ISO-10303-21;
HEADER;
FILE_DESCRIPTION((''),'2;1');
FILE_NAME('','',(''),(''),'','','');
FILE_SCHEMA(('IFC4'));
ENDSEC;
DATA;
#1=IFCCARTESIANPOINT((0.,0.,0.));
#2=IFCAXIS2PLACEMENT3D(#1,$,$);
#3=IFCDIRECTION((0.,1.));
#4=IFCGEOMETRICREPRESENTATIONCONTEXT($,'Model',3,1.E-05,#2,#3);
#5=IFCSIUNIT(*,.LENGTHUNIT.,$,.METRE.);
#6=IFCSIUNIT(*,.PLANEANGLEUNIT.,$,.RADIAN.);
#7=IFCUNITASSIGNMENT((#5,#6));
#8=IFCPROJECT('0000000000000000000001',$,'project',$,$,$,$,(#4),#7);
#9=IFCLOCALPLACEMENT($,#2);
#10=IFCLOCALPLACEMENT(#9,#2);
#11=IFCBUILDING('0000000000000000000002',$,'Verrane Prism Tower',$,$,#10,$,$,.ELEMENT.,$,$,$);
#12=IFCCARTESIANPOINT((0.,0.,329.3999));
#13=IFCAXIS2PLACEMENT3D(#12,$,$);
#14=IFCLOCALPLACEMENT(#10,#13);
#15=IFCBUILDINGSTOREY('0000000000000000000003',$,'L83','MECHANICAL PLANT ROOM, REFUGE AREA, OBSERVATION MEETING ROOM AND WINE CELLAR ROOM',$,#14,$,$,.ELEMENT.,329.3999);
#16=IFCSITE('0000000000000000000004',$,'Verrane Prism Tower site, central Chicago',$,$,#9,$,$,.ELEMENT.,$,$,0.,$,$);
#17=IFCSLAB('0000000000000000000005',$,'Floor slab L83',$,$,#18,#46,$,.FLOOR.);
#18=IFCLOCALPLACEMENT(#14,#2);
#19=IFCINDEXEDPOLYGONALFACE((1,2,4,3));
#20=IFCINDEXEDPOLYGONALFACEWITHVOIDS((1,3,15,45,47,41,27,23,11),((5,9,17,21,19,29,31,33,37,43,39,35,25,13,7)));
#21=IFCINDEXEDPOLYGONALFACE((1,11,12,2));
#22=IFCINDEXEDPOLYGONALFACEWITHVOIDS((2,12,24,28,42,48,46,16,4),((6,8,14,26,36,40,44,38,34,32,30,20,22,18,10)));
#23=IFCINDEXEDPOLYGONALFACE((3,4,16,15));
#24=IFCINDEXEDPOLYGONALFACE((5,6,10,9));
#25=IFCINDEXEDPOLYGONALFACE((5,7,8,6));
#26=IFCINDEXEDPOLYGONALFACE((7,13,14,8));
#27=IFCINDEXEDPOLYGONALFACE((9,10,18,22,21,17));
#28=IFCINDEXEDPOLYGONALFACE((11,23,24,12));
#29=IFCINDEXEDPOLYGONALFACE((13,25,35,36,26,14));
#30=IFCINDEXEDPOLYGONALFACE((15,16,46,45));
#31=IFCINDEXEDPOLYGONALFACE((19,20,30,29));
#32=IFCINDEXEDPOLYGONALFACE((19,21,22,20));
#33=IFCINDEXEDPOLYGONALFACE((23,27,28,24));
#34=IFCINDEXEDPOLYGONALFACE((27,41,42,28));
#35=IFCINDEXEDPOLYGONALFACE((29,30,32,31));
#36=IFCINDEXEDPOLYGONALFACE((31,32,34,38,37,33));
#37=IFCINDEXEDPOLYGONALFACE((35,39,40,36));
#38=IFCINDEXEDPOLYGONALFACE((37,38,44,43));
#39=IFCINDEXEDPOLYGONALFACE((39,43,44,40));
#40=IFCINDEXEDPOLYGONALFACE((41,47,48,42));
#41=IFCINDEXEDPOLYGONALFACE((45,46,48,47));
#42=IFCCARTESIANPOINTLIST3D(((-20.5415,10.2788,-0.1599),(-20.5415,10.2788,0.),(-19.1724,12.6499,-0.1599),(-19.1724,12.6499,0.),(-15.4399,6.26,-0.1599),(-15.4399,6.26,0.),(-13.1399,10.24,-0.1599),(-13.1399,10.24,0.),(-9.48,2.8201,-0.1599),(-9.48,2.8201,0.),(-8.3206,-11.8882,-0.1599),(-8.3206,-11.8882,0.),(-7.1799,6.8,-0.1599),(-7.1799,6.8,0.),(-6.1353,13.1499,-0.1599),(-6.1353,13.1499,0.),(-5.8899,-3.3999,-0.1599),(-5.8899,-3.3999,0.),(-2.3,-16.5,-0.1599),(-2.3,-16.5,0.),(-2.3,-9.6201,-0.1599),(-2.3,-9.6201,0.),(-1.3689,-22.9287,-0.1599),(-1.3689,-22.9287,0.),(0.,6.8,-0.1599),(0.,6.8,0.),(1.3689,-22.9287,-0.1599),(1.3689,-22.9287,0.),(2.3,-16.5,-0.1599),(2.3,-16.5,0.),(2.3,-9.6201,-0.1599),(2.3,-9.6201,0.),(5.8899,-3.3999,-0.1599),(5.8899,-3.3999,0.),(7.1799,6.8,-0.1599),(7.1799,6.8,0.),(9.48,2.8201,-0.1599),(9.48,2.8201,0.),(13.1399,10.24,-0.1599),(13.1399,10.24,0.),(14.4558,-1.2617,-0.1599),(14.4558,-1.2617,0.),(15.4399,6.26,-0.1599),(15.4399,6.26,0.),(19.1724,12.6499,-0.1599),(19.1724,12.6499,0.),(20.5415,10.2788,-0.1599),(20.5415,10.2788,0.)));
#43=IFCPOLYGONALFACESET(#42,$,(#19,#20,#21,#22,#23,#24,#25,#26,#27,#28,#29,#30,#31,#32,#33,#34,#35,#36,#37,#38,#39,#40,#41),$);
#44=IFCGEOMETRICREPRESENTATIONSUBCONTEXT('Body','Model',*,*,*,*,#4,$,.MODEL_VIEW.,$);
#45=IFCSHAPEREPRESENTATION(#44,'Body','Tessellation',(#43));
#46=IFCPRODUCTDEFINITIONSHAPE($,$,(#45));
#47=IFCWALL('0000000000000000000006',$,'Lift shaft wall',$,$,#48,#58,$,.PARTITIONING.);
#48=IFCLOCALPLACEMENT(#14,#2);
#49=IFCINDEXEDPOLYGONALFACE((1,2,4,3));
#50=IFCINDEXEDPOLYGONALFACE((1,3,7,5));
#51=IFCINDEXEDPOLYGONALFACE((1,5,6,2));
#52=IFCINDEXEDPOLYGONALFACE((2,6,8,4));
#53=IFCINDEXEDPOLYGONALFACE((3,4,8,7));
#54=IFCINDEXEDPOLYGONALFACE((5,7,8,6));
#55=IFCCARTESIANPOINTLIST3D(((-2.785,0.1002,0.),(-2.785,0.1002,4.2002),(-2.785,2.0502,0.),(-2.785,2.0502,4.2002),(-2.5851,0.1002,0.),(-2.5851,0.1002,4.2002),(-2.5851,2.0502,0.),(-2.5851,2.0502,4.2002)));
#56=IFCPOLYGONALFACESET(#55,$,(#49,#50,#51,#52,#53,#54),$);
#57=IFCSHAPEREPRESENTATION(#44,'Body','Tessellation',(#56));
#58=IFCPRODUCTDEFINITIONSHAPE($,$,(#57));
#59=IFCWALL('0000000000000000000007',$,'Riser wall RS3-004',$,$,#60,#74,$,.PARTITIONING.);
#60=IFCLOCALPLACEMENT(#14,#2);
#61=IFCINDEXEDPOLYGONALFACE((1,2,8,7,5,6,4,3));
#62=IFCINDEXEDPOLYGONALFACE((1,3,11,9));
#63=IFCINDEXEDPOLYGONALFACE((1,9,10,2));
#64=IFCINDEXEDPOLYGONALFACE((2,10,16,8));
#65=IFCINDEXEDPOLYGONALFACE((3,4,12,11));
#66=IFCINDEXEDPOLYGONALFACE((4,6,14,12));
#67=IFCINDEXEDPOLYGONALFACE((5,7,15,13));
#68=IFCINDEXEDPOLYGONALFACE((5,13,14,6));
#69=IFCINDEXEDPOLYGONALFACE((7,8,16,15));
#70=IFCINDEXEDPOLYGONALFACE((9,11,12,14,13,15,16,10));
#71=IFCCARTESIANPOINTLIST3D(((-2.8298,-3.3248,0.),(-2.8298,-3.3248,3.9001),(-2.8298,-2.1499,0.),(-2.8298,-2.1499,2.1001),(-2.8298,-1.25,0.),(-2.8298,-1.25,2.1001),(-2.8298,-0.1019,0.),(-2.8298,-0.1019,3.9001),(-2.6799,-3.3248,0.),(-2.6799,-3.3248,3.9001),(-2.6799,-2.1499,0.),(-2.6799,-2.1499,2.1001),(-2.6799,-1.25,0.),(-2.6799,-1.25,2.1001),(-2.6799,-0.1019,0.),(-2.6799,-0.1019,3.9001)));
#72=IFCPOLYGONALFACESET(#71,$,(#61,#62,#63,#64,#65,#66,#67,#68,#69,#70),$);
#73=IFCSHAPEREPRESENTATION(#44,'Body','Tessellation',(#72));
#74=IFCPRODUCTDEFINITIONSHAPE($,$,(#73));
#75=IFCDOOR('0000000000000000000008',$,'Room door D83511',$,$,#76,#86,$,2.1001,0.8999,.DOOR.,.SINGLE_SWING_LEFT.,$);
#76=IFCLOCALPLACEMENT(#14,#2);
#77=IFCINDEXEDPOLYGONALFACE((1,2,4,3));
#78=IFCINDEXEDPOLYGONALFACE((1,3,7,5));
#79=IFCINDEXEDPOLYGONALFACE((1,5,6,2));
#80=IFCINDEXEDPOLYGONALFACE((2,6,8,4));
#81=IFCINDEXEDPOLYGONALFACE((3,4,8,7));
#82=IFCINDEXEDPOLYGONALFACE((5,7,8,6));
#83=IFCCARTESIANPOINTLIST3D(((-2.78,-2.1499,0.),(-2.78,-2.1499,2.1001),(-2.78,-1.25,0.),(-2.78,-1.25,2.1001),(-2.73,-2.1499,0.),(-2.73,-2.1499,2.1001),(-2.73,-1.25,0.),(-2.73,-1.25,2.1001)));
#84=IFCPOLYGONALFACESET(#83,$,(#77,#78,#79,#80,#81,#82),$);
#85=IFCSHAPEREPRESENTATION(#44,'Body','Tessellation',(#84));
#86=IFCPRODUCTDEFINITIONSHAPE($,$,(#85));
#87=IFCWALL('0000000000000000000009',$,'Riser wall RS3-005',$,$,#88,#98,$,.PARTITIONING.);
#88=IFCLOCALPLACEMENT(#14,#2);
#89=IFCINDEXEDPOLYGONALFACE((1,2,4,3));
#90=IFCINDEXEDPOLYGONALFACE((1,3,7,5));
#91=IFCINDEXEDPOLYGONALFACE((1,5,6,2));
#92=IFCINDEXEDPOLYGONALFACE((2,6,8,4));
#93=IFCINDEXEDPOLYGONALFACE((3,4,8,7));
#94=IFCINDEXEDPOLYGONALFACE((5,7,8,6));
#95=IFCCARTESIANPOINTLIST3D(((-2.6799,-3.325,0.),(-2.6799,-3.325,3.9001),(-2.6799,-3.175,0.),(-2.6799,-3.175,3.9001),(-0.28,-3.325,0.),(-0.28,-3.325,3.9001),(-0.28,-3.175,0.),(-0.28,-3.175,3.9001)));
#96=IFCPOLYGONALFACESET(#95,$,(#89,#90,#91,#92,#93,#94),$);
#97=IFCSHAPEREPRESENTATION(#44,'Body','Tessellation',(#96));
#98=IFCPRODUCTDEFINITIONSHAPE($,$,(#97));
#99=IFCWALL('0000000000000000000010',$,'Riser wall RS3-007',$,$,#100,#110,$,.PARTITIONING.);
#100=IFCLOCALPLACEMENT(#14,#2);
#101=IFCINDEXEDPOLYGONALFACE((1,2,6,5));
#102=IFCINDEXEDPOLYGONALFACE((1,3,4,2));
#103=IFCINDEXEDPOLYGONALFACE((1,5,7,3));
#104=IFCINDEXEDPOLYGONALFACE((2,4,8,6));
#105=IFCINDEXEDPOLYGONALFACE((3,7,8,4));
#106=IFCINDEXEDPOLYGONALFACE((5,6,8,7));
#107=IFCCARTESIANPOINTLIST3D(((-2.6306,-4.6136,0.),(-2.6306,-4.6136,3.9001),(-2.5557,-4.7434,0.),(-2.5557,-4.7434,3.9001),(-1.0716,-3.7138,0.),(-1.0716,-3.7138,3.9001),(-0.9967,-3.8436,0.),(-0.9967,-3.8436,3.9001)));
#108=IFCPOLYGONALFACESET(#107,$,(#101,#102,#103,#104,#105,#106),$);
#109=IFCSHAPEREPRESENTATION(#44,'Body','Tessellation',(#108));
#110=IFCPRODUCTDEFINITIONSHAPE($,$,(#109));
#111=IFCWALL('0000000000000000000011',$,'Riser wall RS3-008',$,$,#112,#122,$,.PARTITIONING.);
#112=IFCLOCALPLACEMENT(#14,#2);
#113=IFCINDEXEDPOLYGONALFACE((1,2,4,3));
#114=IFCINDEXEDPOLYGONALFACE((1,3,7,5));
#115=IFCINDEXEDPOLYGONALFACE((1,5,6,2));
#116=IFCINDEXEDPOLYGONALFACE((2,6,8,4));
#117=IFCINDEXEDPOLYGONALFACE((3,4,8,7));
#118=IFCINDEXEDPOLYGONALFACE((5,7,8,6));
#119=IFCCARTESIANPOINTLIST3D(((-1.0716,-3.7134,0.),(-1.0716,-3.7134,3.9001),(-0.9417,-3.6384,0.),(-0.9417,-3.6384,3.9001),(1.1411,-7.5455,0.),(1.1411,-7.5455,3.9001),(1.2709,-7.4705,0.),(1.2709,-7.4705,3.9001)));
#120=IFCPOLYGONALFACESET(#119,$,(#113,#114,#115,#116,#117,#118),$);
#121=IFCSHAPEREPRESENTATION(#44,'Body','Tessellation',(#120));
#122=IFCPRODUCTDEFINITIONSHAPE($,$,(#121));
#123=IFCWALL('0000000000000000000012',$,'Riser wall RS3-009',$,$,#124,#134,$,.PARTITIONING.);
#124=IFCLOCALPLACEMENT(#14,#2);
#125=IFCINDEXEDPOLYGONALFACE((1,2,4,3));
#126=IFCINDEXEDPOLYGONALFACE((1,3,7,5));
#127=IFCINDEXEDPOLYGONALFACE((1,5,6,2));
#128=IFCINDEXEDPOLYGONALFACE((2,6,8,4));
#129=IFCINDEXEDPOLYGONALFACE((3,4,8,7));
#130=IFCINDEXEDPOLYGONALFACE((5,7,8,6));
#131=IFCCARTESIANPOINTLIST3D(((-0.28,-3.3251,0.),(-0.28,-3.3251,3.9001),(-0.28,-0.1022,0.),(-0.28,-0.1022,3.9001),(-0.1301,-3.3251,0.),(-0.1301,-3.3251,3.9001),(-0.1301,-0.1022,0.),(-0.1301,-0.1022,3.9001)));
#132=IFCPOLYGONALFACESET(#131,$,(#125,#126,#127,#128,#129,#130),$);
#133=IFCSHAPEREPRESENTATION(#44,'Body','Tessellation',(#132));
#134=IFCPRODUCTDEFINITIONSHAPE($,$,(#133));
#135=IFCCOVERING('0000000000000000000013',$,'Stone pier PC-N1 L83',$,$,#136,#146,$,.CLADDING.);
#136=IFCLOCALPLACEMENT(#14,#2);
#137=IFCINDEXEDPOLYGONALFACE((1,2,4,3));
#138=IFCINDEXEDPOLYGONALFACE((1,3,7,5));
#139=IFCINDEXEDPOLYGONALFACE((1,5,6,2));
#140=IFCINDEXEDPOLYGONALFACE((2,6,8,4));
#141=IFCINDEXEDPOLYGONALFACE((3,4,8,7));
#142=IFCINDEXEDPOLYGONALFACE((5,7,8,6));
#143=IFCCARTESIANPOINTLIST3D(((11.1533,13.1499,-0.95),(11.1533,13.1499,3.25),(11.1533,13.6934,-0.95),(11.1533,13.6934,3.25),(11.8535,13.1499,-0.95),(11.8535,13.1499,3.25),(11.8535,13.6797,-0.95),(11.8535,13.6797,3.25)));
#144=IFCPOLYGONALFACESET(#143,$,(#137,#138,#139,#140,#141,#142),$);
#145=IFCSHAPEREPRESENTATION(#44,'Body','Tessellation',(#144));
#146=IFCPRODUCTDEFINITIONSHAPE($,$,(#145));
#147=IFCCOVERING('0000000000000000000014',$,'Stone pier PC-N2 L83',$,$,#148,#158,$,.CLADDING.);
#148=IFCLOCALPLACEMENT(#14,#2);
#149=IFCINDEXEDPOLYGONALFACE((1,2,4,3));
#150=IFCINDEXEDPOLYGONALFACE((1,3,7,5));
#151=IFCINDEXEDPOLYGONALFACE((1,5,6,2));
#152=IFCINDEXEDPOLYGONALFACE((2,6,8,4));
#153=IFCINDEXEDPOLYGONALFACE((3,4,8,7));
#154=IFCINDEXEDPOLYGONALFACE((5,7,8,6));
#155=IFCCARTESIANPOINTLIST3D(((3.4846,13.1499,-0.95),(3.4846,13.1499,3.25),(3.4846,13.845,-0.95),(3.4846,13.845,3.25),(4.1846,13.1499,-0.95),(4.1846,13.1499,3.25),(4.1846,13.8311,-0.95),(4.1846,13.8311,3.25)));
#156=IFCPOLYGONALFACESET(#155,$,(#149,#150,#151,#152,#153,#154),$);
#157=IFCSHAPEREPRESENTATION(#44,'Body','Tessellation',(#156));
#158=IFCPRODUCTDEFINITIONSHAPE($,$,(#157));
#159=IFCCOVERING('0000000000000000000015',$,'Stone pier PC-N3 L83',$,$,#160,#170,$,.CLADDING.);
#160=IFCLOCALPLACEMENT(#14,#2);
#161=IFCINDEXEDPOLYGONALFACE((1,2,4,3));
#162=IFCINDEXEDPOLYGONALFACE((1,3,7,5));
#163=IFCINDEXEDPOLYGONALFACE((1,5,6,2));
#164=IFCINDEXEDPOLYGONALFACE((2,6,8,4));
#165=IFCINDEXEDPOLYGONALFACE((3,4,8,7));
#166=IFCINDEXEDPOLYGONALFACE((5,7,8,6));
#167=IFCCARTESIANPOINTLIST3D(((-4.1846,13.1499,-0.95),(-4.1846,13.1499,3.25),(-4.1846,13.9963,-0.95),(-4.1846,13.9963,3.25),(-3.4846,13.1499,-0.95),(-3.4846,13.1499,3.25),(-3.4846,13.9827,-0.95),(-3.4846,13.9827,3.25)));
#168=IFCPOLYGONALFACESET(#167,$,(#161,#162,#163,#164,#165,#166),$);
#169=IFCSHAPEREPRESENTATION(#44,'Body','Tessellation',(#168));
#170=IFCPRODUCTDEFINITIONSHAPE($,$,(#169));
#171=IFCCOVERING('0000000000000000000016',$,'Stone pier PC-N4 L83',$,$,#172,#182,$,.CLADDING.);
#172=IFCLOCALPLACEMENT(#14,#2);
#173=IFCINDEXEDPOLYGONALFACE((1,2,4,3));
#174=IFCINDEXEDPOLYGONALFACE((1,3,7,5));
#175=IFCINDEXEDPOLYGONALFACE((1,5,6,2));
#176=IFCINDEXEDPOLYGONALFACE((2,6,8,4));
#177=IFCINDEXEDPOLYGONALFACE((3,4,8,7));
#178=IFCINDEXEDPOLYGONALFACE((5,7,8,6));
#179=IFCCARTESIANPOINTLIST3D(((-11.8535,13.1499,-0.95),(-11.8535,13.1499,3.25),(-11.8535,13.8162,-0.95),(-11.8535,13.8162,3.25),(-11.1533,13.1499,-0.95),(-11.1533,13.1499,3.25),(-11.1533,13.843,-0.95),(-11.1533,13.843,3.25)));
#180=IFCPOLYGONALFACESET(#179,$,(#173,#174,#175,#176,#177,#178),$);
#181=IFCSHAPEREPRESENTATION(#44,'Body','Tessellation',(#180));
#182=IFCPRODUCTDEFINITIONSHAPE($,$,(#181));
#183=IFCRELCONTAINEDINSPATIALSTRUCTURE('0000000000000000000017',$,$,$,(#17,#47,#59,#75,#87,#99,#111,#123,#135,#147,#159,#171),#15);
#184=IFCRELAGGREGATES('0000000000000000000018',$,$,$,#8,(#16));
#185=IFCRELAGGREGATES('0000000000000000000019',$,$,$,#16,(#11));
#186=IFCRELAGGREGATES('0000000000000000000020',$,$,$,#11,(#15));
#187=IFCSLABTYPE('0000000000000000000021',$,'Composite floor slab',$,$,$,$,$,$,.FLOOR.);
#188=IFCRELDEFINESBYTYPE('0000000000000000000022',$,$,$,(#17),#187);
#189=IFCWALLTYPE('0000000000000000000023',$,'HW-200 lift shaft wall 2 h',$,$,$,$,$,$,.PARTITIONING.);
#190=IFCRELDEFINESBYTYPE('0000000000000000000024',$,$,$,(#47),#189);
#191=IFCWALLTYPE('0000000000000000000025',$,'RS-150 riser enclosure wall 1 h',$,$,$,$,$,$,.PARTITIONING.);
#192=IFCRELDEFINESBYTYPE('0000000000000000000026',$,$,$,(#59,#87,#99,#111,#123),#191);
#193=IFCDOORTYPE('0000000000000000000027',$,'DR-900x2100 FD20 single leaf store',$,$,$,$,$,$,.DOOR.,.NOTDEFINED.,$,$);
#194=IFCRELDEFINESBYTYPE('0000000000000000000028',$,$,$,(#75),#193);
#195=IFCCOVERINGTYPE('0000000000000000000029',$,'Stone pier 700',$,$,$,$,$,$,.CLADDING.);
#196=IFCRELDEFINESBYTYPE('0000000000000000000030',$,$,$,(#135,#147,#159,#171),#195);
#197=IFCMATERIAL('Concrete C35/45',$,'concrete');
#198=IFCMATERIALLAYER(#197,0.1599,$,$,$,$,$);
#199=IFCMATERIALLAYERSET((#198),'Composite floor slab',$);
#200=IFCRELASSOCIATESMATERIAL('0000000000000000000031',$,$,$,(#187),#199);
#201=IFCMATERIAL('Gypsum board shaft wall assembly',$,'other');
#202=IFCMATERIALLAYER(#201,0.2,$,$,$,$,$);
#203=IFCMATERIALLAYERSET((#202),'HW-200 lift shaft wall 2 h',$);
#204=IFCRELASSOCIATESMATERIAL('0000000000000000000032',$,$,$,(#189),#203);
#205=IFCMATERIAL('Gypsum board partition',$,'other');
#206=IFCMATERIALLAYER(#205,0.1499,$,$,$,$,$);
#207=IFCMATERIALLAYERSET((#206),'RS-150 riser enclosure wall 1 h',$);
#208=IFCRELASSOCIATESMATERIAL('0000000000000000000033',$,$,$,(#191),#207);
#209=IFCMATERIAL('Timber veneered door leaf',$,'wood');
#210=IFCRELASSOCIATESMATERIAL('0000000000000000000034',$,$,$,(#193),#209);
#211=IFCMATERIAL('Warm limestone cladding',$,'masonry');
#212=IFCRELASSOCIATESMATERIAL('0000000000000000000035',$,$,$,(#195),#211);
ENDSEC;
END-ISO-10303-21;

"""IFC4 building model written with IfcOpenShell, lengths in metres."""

from ifc_helpers import new_model, si_unit, direction, frame, frame_2d, origin, place, context, subcontext, project, spatial, polyline, rectangle, outline, extrude, material, layer, layer_set, type_object, element, fill, save


model = new_model("IFC4")

# Units and contexts
model_context = context("Model", 3, precision=1e-05, world=origin(), true_north=direction((0.0, 1.0)))
body_context = subcontext(model_context, "Body", "Model", "MODEL_VIEW")
ifc_project = project(units=[si_unit("LENGTHUNIT", "METRE"), si_unit("PLANEANGLEUNIT", "RADIAN")], contexts=[model_context])

# Site, building, storey
site_placement = place(None, origin())
site = spatial("IfcSite", under=ifc_project, at=site_placement, Name="Verrane Prism Tower site, central Chicago", CompositionType="ELEMENT", RefElevation=0.0)
building_placement = place(site_placement, origin())
building = spatial("IfcBuilding", under=site, at=building_placement, Name="Verrane Prism Tower", CompositionType="ELEMENT")
storey_placement = place(building_placement, frame((0.0, 0.0, 329.3999)))
storey = spatial("IfcBuildingStorey", under=building, at=storey_placement, Name="L83", Description="MECHANICAL PLANT ROOM, REFUGE AREA, OBSERVATION MEETING ROOM AND WINE CELLAR ROOM", CompositionType="ELEMENT", Elevation=329.3999)

# Slab
ifc_material_1 = material(Name="Concrete C35/45", Category="concrete")
ifc_layer_1 = layer(ifc_material_1, 0.1599)
ifc_layer_set_1 = layer_set([ifc_layer_1], Name="Composite floor slab")
slab_type = type_object("IfcSlabType", Name="Composite floor slab", PredefinedType="FLOOR", material=ifc_layer_set_1)
slab_placement = place(storey_placement, frame((0.0, 0.0, -0.1599)))
element("IfcSlab", 1, at=slab_placement, inside=storey, type_object=slab_type, Name="Floor slab L83", PredefinedType="FLOOR", context=body_context, shape_type="SweptSolid", body=[
    extrude(outline(polyline([(14.4558, -1.2617), (1.3689, -22.9287), (-1.3689, -22.9287), (-8.3206, -11.8882), (-20.5415, 10.2788), (-19.1724, 12.6499), (-6.1353, 13.1499), (19.1724, 12.6499), (20.5415, 10.2788), (14.4558, -1.2617)]), holes=[polyline([(15.4399, 6.26), (13.1399, 10.24), (7.1799, 6.8), (0.0, 6.8), (-7.1799, 6.8), (-13.1399, 10.24), (-15.4399, 6.26), (-9.48, 2.8201), (-5.8899, -3.3999), (-2.3, -9.6201), (-2.3, -16.5), (2.3, -16.5), (2.3, -9.6201), (5.8899, -3.3999), (9.48, 2.8201), (15.4399, 6.26)])]), origin(), (0.0, 0.0, 1.0), 0.1599),
])

# Wall
ifc_material_2 = material(Name="Gypsum board shaft wall assembly", Category="other")
ifc_layer_2 = layer(ifc_material_2, 0.2)
ifc_layer_set_2 = layer_set([ifc_layer_2], Name="HW-200 lift shaft wall 2 h")
wall_type_1 = type_object("IfcWallType", Name="HW-200 lift shaft wall 2 h", PredefinedType="PARTITIONING", material=ifc_layer_set_2)
wall_1_placement = place(storey_placement, frame((-2.6851, 0.1001, 0.0), z_axis=(0.0, 0.0, 1.0), x_axis=(0.0, 1.0, 0.0)))
element("IfcWall", 2, at=wall_1_placement, inside=storey, type_object=wall_type_1, Name="Lift shaft wall", PredefinedType="PARTITIONING", context=body_context, shape_type="SweptSolid", body=[
    extrude(rectangle(XDim=1.95, YDim=0.2, at=frame_2d((0.9751, 0.0))), origin(), (0.0, 0.0, 1.0), 4.2002),
])

# Wall, opening, door
ifc_material_3 = material(Name="Gypsum board partition", Category="other")
ifc_layer_3 = layer(ifc_material_3, 0.1499)
ifc_layer_set_3 = layer_set([ifc_layer_3], Name="RS-150 riser enclosure wall 1 h")
wall_type_2 = type_object("IfcWallType", Name="RS-150 riser enclosure wall 1 h", PredefinedType="PARTITIONING", material=ifc_layer_set_3)
wall_2_placement = place(storey_placement, frame((-2.7549, -0.1021, 0.0), z_axis=(0.0, 0.0, 1.0), x_axis=(0.0, -1.0, 0.0)))
wall_2 = element("IfcWall", 3, at=wall_2_placement, inside=storey, type_object=wall_type_2, Name="Riser wall RS3-004", PredefinedType="PARTITIONING", context=body_context, shape_type="SweptSolid", body=[
    extrude(rectangle(XDim=3.2229, YDim=0.1499, at=frame_2d((1.6113, 0.0))), origin(), (0.0, 0.0, 1.0), 3.9001),
])
opening_placement = place(wall_2_placement, frame((1.1479, 0.0, 0.0)))
opening = element("IfcOpeningElement", 4, at=opening_placement, cuts=wall_2, PredefinedType="OPENING", context=body_context, shape_type="SweptSolid", body=[
    extrude(rectangle(XDim=0.8999, YDim=2.1001, at=frame_2d((0.45, 1.05))), frame((0.0, 0.085, 0.0), z_axis=(0.0, -1.0, 0.0), x_axis=(1.0, 0.0, 0.0)), (0.0, 0.0, 1.0), 0.1699),
])
ifc_material_4 = material(Name="Timber veneered door leaf", Category="wood")
door_type = type_object("IfcDoorType", Name="DR-900x2100 FD20 single leaf store", OperationType="NOTDEFINED", PredefinedType="DOOR", material=ifc_material_4)
door_placement = place(opening_placement, origin())
door = element("IfcDoor", 5, at=door_placement, inside=storey, type_object=door_type, Name="Room door D83511", OperationType="SINGLE_SWING_LEFT", OverallHeight=2.1001, OverallWidth=0.8999, PredefinedType="DOOR", context=body_context, shape_type="SweptSolid", body=[
    extrude(rectangle(XDim=0.8999, YDim=2.1001, at=frame_2d((0.45, 1.05))), frame((0.0, 0.0249, 0.0), z_axis=(0.0, -1.0, 0.0), x_axis=(1.0, 0.0, 0.0)), (0.0, 0.0, 1.0), 0.05),
])
fill(opening, door)

# Walls
wall_3_placement = place(storey_placement, frame((-2.6799, -3.25, 0.0), z_axis=(0.0, 0.0, 1.0), x_axis=(1.0, 0.0, 0.0)))
element("IfcWall", 6, at=wall_3_placement, inside=storey, type_object=wall_type_2, Name="Riser wall RS3-005", PredefinedType="PARTITIONING", context=body_context, shape_type="SweptSolid", body=[
    extrude(rectangle(XDim=2.3999, YDim=0.1499, at=frame_2d((1.2, 0.0))), origin(), (0.0, 0.0, 1.0), 3.9001),
])
wall_4_placement = place(storey_placement, frame((-2.593, -4.6785, 0.0), z_axis=(0.0, 0.0, 1.0), x_axis=(0.866082, 0.499902, 0.0)))
element("IfcWall", 7, at=wall_4_placement, inside=storey, type_object=wall_type_2, Name="Riser wall RS3-007", PredefinedType="PARTITIONING", context=body_context, shape_type="SweptSolid", body=[
    extrude(rectangle(XDim=1.8, YDim=0.1499, at=frame_2d((0.8999, 0.0))), origin(), (0.0, 0.0, 1.0), 3.9001),
])
wall_5_placement = place(storey_placement, frame((-1.0066, -3.676, 0.0), z_axis=(0.0, 0.0, 1.0), x_axis=(0.500038, -0.866004, 0.0)))
element("IfcWall", 8, at=wall_5_placement, inside=storey, type_object=wall_type_2, Name="Riser wall RS3-008", PredefinedType="PARTITIONING", context=body_context, shape_type="SweptSolid", body=[
    extrude(rectangle(XDim=4.425, YDim=0.1499, at=frame_2d((2.2124, 0.0))), origin(), (0.0, 0.0, 1.0), 3.9001),
])
wall_6_placement = place(storey_placement, frame((-0.2051, -3.325, 0.0), z_axis=(0.0, 0.0, 1.0), x_axis=(0.0, 1.0, 0.0)))
element("IfcWall", 9, at=wall_6_placement, inside=storey, type_object=wall_type_2, Name="Riser wall RS3-009", PredefinedType="PARTITIONING", context=body_context, shape_type="SweptSolid", body=[
    extrude(rectangle(XDim=3.2229, YDim=0.1499, at=frame_2d((1.6113, 0.0))), origin(), (0.0, 0.0, 1.0), 3.9001),
])

# Coverings
ifc_material_5 = material(Name="Warm limestone cladding", Category="masonry")
covering_type = type_object("IfcCoveringType", Name="Stone pier 700", PredefinedType="CLADDING", material=ifc_material_5)
covering_1_placement = place(storey_placement, frame((0.0, 0.0, -0.95)))
element("IfcCovering", 10, at=covering_1_placement, inside=storey, type_object=covering_type, Name="Stone pier PC-N1 L83", PredefinedType="CLADDING", context=body_context, shape_type="SweptSolid", body=[
    extrude(outline(polyline([(11.1533, 13.1499), (11.8535, 13.1499), (11.8535, 13.6797), (11.1533, 13.6934), (11.1533, 13.1499)])), origin(), (0.0, 0.0, 1.0), 4.2),
])
covering_2_placement = place(storey_placement, frame((0.0, 0.0, -0.95)))
element("IfcCovering", 11, at=covering_2_placement, inside=storey, type_object=covering_type, Name="Stone pier PC-N2 L83", PredefinedType="CLADDING", context=body_context, shape_type="SweptSolid", body=[
    extrude(outline(polyline([(3.4846, 13.1499), (4.1846, 13.1499), (4.1846, 13.8311), (3.4846, 13.845), (3.4846, 13.1499)])), origin(), (0.0, 0.0, 1.0), 4.2),
])
covering_3_placement = place(storey_placement, frame((0.0, 0.0, -0.95)))
element("IfcCovering", 12, at=covering_3_placement, inside=storey, type_object=covering_type, Name="Stone pier PC-N3 L83", PredefinedType="CLADDING", context=body_context, shape_type="SweptSolid", body=[
    extrude(outline(polyline([(-4.1846, 13.1499), (-3.4846, 13.1499), (-3.4846, 13.9827), (-4.1846, 13.9963), (-4.1846, 13.1499)])), origin(), (0.0, 0.0, 1.0), 4.2),
])
covering_4_placement = place(storey_placement, frame((0.0, 0.0, -0.95)))
element("IfcCovering", 13, at=covering_4_placement, inside=storey, type_object=covering_type, Name="Stone pier PC-N4 L83", PredefinedType="CLADDING", context=body_context, shape_type="SweptSolid", body=[
    extrude(outline(polyline([(-11.8535, 13.1499), (-11.1533, 13.1499), (-11.1533, 13.843), (-11.8535, 13.8162), (-11.8535, 13.1499)])), origin(), (0.0, 0.0, 1.0), 4.2),
])

save(model, "model.ifc")
